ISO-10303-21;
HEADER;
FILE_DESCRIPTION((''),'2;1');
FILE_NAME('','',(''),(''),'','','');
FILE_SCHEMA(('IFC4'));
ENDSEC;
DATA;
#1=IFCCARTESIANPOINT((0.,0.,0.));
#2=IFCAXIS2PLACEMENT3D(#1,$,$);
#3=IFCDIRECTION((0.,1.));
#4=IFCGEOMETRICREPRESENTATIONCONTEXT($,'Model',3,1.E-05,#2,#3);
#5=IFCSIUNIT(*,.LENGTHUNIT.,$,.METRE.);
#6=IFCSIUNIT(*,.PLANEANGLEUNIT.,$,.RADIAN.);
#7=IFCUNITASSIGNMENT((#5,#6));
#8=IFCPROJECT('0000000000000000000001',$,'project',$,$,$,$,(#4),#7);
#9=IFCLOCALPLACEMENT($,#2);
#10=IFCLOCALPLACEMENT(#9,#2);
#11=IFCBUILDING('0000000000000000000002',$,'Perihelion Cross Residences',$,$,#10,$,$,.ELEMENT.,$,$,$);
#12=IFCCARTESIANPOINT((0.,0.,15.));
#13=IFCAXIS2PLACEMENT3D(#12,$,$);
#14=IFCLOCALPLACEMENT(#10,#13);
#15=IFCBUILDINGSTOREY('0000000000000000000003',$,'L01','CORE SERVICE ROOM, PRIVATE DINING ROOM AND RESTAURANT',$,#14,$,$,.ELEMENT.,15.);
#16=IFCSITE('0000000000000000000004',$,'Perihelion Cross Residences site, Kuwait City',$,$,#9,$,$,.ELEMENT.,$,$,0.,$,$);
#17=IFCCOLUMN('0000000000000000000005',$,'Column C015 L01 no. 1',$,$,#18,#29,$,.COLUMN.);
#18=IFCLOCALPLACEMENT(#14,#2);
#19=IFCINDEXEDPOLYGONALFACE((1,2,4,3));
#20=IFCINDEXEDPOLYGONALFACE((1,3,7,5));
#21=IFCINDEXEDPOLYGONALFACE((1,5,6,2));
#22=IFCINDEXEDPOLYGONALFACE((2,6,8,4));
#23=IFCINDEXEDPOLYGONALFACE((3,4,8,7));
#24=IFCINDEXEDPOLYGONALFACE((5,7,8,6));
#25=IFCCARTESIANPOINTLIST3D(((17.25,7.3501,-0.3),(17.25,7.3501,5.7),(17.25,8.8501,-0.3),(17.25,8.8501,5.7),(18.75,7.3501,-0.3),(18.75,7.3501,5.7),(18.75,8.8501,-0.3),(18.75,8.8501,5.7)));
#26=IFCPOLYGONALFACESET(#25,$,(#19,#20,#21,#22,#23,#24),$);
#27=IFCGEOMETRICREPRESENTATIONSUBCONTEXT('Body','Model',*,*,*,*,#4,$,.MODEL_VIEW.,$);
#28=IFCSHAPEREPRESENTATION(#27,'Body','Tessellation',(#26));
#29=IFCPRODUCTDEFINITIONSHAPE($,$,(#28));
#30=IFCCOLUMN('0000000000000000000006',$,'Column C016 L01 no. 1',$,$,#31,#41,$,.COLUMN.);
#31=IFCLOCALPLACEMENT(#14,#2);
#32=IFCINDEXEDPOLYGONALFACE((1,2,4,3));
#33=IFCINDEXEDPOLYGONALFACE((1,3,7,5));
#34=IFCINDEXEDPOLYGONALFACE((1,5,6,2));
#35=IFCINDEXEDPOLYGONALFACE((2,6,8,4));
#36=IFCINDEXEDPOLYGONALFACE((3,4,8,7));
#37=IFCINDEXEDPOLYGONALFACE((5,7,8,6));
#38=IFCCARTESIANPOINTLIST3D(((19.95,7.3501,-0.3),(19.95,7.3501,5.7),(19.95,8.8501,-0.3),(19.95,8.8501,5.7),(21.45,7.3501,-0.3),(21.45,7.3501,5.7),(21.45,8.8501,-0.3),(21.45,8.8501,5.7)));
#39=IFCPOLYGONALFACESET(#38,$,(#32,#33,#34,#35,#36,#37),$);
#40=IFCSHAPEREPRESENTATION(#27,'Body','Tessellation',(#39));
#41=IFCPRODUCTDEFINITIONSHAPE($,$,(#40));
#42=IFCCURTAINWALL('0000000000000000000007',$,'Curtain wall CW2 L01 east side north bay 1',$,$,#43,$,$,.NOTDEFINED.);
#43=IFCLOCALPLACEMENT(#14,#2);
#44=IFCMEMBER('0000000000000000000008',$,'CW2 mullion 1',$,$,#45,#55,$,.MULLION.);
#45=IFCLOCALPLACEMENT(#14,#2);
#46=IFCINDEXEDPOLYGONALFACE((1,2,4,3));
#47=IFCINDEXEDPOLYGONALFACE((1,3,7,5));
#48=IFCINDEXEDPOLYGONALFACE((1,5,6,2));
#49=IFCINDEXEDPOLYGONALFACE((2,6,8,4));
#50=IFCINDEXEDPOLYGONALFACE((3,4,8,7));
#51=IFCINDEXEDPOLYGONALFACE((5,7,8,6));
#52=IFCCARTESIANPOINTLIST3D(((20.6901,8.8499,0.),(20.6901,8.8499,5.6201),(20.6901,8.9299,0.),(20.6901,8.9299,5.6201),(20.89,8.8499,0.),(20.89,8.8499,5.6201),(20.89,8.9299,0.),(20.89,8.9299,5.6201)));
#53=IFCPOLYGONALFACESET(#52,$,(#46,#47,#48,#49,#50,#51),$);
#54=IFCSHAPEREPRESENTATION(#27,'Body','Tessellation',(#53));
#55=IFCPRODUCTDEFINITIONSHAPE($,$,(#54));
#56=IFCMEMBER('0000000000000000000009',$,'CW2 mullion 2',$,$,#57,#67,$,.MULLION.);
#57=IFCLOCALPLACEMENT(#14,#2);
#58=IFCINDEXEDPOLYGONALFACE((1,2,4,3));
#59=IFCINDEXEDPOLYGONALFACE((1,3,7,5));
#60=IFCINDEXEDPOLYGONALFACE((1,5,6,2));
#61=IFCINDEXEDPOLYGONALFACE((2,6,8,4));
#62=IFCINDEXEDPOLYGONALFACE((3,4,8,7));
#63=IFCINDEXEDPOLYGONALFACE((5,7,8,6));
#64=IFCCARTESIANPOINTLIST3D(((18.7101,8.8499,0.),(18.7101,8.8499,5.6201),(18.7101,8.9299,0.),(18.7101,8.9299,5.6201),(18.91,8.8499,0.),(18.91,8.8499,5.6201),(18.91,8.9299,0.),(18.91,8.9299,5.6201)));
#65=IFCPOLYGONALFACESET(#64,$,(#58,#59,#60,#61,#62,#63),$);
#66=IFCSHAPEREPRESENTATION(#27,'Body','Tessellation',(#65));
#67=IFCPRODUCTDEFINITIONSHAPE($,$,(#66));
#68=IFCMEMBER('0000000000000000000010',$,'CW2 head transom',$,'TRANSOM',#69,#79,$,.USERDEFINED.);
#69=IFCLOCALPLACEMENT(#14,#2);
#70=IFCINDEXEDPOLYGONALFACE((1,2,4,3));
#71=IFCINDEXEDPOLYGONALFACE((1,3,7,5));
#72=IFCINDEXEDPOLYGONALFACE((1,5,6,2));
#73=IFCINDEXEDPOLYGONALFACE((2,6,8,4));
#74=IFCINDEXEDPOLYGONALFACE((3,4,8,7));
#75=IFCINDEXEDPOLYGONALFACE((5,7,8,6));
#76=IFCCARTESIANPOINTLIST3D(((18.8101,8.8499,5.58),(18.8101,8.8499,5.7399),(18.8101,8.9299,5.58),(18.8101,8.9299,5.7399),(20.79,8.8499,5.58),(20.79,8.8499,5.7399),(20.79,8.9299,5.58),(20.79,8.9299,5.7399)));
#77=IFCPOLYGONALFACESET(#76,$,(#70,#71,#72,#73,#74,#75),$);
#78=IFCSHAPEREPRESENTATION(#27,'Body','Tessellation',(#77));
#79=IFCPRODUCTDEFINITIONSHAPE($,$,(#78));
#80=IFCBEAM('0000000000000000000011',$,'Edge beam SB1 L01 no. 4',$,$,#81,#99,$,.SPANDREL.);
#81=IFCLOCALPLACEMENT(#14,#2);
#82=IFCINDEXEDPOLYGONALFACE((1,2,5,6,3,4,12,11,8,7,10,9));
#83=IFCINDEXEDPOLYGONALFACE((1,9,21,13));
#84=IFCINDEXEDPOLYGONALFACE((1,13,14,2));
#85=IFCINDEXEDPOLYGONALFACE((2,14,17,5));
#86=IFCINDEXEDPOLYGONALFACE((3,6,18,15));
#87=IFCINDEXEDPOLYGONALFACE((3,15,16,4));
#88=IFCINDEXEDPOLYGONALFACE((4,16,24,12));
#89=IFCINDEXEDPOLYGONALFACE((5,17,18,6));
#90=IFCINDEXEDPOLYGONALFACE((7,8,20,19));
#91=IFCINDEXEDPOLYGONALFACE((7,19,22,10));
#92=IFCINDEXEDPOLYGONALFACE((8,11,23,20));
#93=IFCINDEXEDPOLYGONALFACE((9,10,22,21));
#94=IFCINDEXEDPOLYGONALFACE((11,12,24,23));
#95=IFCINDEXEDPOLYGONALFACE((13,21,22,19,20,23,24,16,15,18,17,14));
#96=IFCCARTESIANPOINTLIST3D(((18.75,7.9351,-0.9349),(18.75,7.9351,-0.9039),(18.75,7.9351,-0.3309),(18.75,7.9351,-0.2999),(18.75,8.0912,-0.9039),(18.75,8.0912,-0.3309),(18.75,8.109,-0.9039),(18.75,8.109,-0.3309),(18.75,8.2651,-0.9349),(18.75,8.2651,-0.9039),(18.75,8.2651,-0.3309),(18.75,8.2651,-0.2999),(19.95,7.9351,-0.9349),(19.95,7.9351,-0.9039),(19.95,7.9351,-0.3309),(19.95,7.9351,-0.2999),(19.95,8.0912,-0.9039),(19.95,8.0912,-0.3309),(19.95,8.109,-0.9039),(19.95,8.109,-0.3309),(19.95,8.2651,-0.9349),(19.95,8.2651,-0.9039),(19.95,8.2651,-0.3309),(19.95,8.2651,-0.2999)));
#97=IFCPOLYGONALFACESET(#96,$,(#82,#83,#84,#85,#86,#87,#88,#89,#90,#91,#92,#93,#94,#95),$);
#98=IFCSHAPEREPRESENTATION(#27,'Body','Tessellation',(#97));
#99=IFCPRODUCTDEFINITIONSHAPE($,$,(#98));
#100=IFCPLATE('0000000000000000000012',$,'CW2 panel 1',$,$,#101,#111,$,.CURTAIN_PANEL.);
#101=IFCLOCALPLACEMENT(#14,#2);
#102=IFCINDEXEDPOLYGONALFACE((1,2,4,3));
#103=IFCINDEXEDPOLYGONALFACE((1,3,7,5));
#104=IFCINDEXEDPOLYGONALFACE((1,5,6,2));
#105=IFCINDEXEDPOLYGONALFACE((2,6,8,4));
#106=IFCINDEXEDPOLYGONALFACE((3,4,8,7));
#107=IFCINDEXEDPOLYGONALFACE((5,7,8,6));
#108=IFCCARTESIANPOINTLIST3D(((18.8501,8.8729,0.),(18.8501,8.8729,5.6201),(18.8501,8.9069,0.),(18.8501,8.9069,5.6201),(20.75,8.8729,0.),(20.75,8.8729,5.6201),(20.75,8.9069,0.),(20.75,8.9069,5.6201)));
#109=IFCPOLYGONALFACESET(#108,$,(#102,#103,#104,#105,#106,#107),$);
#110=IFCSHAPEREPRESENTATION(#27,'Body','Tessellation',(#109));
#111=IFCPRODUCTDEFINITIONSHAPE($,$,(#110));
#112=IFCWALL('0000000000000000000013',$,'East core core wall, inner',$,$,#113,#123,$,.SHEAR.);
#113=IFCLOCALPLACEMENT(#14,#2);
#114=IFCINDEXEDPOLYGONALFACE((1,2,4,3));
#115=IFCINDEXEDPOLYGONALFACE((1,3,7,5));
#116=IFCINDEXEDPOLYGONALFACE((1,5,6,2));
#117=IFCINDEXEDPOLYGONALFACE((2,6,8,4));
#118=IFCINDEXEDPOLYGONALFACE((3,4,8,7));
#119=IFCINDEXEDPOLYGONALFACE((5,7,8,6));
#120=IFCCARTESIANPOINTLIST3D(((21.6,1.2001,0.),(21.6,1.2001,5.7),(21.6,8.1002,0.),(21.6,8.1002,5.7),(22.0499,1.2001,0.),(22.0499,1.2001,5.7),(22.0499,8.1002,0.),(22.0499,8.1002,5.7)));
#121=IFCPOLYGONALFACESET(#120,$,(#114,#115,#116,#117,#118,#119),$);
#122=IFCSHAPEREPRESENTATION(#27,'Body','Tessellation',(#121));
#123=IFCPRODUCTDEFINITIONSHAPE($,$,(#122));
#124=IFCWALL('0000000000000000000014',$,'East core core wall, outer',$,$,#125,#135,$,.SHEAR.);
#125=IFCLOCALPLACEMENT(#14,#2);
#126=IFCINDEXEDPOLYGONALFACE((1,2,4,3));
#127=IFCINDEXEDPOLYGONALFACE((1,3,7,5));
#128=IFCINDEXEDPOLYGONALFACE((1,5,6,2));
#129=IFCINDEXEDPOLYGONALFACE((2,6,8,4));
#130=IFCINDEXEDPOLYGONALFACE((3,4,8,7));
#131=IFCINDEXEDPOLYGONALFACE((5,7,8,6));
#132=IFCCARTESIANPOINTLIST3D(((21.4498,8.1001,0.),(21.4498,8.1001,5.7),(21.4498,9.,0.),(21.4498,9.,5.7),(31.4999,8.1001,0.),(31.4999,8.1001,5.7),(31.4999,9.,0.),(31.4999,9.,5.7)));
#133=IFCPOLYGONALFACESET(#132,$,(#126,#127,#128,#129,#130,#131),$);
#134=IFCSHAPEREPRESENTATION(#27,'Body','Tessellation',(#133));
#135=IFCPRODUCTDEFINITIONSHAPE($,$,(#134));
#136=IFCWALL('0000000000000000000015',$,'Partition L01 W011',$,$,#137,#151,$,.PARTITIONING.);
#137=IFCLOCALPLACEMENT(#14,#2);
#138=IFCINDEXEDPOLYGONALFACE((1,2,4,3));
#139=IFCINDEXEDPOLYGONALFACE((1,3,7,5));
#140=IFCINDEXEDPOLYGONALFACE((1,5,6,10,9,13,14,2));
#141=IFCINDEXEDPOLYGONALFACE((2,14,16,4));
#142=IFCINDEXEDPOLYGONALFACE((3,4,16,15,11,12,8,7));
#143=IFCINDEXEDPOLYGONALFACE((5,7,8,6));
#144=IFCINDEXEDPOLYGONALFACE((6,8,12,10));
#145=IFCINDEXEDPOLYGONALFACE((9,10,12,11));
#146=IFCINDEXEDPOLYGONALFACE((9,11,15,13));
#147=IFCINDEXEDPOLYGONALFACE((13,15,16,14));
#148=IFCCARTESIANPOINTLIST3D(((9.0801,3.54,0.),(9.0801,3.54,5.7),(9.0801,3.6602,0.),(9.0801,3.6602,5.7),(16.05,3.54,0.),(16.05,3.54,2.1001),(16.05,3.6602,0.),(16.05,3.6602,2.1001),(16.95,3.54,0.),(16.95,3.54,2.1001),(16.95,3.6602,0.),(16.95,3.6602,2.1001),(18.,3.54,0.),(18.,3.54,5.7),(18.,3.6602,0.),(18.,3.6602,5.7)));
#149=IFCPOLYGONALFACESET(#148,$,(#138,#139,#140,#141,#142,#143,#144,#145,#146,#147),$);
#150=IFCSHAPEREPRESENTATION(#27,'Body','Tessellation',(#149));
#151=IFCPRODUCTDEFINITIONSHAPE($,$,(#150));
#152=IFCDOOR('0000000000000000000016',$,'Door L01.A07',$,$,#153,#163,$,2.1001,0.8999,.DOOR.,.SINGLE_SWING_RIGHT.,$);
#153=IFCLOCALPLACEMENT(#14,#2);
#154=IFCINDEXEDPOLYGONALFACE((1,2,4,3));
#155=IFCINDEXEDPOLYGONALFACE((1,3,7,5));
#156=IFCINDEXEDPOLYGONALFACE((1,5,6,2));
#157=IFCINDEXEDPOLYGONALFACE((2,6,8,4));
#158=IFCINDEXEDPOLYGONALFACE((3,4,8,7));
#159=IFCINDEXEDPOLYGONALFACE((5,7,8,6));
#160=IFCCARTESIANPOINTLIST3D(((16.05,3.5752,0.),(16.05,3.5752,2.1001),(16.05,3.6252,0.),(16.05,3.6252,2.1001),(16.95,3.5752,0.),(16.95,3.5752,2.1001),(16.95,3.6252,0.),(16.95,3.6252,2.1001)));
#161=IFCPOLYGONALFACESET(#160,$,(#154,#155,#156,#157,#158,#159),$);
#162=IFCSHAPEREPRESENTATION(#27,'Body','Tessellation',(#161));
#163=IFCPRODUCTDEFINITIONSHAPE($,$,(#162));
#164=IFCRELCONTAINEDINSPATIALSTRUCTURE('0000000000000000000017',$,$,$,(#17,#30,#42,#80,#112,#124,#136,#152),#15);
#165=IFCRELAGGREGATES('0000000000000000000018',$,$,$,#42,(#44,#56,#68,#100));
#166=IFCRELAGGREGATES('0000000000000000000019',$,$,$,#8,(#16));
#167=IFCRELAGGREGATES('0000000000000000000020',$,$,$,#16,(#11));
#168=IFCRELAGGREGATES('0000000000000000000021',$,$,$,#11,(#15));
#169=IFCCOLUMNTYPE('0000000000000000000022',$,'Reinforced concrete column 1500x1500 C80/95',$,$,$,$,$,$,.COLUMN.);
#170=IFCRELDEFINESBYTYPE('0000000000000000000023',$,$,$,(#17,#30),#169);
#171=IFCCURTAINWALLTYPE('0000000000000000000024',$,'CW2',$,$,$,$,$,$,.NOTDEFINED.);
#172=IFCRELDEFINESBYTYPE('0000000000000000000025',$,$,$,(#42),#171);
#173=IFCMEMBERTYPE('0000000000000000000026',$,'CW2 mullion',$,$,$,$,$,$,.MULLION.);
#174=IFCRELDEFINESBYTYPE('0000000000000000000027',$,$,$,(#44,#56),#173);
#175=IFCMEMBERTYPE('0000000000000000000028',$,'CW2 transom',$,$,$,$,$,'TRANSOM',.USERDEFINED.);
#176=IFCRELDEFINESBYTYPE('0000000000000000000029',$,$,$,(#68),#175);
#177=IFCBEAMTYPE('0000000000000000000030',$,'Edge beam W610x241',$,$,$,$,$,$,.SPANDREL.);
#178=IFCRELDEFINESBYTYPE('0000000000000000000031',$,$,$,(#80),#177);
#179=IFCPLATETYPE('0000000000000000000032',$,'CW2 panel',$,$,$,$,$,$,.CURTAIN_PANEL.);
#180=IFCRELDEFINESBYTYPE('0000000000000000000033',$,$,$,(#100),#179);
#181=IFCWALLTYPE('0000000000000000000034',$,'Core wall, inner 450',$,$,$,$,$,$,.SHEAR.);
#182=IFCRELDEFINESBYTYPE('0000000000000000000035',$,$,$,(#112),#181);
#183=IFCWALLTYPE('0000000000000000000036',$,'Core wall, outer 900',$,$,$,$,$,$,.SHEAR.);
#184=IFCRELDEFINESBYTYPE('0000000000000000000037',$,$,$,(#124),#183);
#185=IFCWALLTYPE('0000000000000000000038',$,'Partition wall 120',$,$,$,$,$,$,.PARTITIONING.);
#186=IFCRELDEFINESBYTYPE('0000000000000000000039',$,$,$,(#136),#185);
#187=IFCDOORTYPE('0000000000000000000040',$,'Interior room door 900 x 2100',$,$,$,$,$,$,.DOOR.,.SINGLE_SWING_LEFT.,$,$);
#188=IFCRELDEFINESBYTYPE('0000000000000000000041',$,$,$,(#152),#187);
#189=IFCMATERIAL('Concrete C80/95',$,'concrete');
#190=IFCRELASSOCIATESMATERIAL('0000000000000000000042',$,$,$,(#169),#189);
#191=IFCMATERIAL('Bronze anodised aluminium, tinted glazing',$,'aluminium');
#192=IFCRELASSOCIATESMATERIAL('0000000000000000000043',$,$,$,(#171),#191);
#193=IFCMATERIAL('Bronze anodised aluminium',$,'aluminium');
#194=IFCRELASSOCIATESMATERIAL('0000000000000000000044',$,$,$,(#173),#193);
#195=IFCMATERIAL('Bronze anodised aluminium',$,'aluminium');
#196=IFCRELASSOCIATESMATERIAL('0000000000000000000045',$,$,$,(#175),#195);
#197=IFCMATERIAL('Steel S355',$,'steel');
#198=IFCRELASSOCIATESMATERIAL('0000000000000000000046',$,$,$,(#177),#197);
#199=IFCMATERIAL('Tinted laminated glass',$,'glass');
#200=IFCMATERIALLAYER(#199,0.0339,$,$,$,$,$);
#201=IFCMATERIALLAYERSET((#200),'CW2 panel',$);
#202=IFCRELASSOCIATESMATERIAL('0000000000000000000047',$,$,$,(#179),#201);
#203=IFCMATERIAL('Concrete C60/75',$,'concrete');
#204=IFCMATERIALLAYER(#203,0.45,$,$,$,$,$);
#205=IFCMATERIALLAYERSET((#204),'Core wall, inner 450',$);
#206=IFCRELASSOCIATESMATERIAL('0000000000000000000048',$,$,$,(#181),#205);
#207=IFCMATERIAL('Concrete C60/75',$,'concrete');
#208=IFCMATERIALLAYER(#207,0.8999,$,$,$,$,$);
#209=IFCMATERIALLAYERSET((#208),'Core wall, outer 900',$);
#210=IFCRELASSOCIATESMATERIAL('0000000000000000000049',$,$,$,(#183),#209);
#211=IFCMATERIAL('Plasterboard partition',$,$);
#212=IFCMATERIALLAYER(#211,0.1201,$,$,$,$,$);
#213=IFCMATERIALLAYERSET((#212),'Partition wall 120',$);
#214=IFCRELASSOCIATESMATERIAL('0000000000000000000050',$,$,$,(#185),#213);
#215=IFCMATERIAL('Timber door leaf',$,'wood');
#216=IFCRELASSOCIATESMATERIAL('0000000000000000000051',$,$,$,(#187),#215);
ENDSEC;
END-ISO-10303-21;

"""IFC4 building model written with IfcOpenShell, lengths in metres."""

from ifc_helpers import new_model, si_unit, direction, frame, frame_2d, origin, origin_2d, place, context, subcontext, project, spatial, rectangle, i_section, extrude, material, layer, layer_set, material_profile, profile_set, type_object, element, fill, aggregate, save


model = new_model("IFC4")

# Units and contexts
model_context = context("Model", 3, precision=1e-05, world=origin(), true_north=direction((0.0, 1.0)))
body_context = subcontext(model_context, "Body", "Model", "MODEL_VIEW")
ifc_project = project(units=[si_unit("LENGTHUNIT", "METRE"), si_unit("PLANEANGLEUNIT", "RADIAN")], contexts=[model_context])

# Site, building, storey
site_placement = place(None, origin())
site = spatial("IfcSite", under=ifc_project, at=site_placement, Name="Perihelion Cross Residences site, Kuwait City", CompositionType="ELEMENT", RefElevation=0.0)
building_placement = place(site_placement, origin())
building = spatial("IfcBuilding", under=site, at=building_placement, Name="Perihelion Cross Residences", CompositionType="ELEMENT")
storey_placement = place(building_placement, frame((0.0, 0.0, 15.0)))
storey = spatial("IfcBuildingStorey", under=building, at=storey_placement, Name="L01", Description="CORE SERVICE ROOM, PRIVATE DINING ROOM AND RESTAURANT", CompositionType="ELEMENT", Elevation=15.0)

# Columns
ifc_material_1 = material(Name="Concrete C80/95", Category="concrete")
ifc_material_profile_1 = material_profile(ifc_material_1, rectangle(XDim=1.5, YDim=1.5, at=origin_2d()), Name="RC 1500x1500")
ifc_profile_set_1 = profile_set([ifc_material_profile_1], Name="Concrete C80/95")
column_type = type_object("IfcColumnType", Name="Reinforced concrete column 1500x1500 C80/95", PredefinedType="COLUMN", material=ifc_profile_set_1)
for number, where, z_axis, x_axis, name in (
    (1, (18.0, 8.1001, -0.3), (0.0, 0.0, 1.0), (1.0, 0.0, 0.0), "Column C015 L01 no. 1"),
    (2, (20.7, 8.1001, -0.3), (0.0, 0.0, 1.0), (1.0, 0.0, 0.0), "Column C016 L01 no. 1"),
):
    element("IfcColumn", number, at=place(storey_placement, frame(where, z_axis=z_axis, x_axis=x_axis)), inside=storey, type_object=column_type, Name=name, PredefinedType="COLUMN", context=body_context, shape_type="SweptSolid", body=[
        extrude(rectangle(XDim=1.5, YDim=1.5, at=origin_2d()), origin(), (0.0, 0.0, 1.0), 6.0),
    ])

# Curtain wall, members
ifc_material_2 = material(Name="Bronze anodised aluminium, tinted glazing", Category="aluminium")
curtain_wall_type = type_object("IfcCurtainWallType", Name="CW2", PredefinedType="NOTDEFINED", material=ifc_material_2)
curtain_wall_placement = place(storey_placement, origin())
curtain_wall = element("IfcCurtainWall", 3, at=curtain_wall_placement, inside=storey, type_object=curtain_wall_type, Name="Curtain wall CW2 L01 east side north bay 1", PredefinedType="NOTDEFINED")
ifc_material_3 = material(Name="Bronze anodised aluminium", Category="aluminium")
ifc_material_profile_2 = material_profile(ifc_material_3, rectangle(XDim=0.0801, YDim=0.2, at=origin_2d()), Name="CW2 mullion")
ifc_profile_set_2 = profile_set([ifc_material_profile_2], Name="Bronze anodised aluminium")
member_type_1 = type_object("IfcMemberType", Name="CW2 mullion", PredefinedType="MULLION", material=ifc_profile_set_2)
member_1_placement = place(storey_placement, frame((20.79, 8.8899, 0.0), z_axis=(0.0, 0.0, 1.0), x_axis=(0.0, -1.0, 0.0)))
member_1 = element("IfcMember", 4, at=member_1_placement, type_object=member_type_1, Name="CW2 mullion 1", PredefinedType="MULLION", context=body_context, shape_type="SweptSolid", body=[
    extrude(rectangle(XDim=0.0801, YDim=0.2, at=origin_2d()), origin(), (0.0, 0.0, 1.0), 5.6201),
])
member_2_placement = place(storey_placement, frame((18.8101, 8.8899, 0.0), z_axis=(0.0, 0.0, 1.0), x_axis=(0.0, -1.0, 0.0)))
member_2 = element("IfcMember", 5, at=member_2_placement, type_object=member_type_1, Name="CW2 mullion 2", PredefinedType="MULLION", context=body_context, shape_type="SweptSolid", body=[
    extrude(rectangle(XDim=0.0801, YDim=0.2, at=origin_2d()), origin(), (0.0, 0.0, 1.0), 5.6201),
])
ifc_material_4 = material(Name="Bronze anodised aluminium", Category="aluminium")
ifc_material_profile_3 = material_profile(ifc_material_4, rectangle(XDim=0.0801, YDim=0.1599, at=origin_2d()), Name="CW2 transom")
ifc_profile_set_3 = profile_set([ifc_material_profile_3], Name="Bronze anodised aluminium")
member_type_2 = type_object("IfcMemberType", Name="CW2 transom", ElementType="TRANSOM", PredefinedType="USERDEFINED", material=ifc_profile_set_3)
member_3_placement = place(storey_placement, frame((20.79, 8.8899, 5.6599), z_axis=(-1.0, 0.0, 0.0), x_axis=(0.0, -1.0, 0.0)))
member_3 = element("IfcMember", 6, at=member_3_placement, type_object=member_type_2, Name="CW2 head transom", ObjectType="TRANSOM", PredefinedType="USERDEFINED", context=body_context, shape_type="SweptSolid", body=[
    extrude(rectangle(XDim=0.0801, YDim=0.1599, at=origin_2d()), origin(), (0.0, 0.0, 1.0), 1.98),
])

# Beam
ifc_material_5 = material(Name="Steel S355", Category="steel")
ifc_material_profile_4 = material_profile(ifc_material_5, i_section(OverallWidth=0.3301, OverallDepth=0.635, WebThickness=0.0178, FlangeThickness=0.031, at=origin_2d()), Name="W610x241")
ifc_profile_set_4 = profile_set([ifc_material_profile_4], Name="Steel S355")
beam_type = type_object("IfcBeamType", Name="Edge beam W610x241", PredefinedType="SPANDREL", material=ifc_profile_set_4)
beam_placement = place(storey_placement, frame((19.95, 8.1001, -0.6174), z_axis=(-1.0, 0.0, 0.0), x_axis=(0.0, -1.0, 0.0)))
element("IfcBeam", 7, at=beam_placement, inside=storey, type_object=beam_type, Name="Edge beam SB1 L01 no. 4", PredefinedType="SPANDREL", context=body_context, shape_type="SweptSolid", body=[
    extrude(i_section(OverallWidth=0.3301, OverallDepth=0.635, WebThickness=0.0178, FlangeThickness=0.031, at=origin_2d()), origin(), (0.0, 0.0, 1.0), 1.2),
])

# Plate
ifc_material_6 = material(Name="Tinted laminated glass", Category="glass")
ifc_layer_1 = layer(ifc_material_6, 0.0339)
ifc_layer_set_1 = layer_set([ifc_layer_1], Name="CW2 panel")
plate_type = type_object("IfcPlateType", Name="CW2 panel", PredefinedType="CURTAIN_PANEL", material=ifc_layer_set_1)
plate_placement = place(storey_placement, frame((19.8, 8.8899, 0.0), z_axis=(0.0, 0.0, 1.0), x_axis=(-1.0, 0.0, 0.0)))
plate = element("IfcPlate", 8, at=plate_placement, type_object=plate_type, Name="CW2 panel 1", PredefinedType="CURTAIN_PANEL", context=body_context, shape_type="SweptSolid", body=[
    extrude(rectangle(XDim=1.8999, YDim=0.0339, at=origin_2d()), origin(), (0.0, 0.0, 1.0), 5.6201),
])
aggregate(curtain_wall, [member_1, member_2, member_3, plate])

# Walls
ifc_material_7 = material(Name="Concrete C60/75", Category="concrete")
ifc_layer_2 = layer(ifc_material_7, 0.45)
ifc_layer_set_2 = layer_set([ifc_layer_2], Name="Core wall, inner 450")
wall_type_1 = type_object("IfcWallType", Name="Core wall, inner 450", PredefinedType="SHEAR", material=ifc_layer_set_2)
wall_1_placement = place(storey_placement, frame((21.825, 1.2, 0.0), z_axis=(0.0, 0.0, 1.0), x_axis=(0.0, 1.0, 0.0)))
element("IfcWall", 9, at=wall_1_placement, inside=storey, type_object=wall_type_1, Name="East core core wall, inner", PredefinedType="SHEAR", context=body_context, shape_type="SweptSolid", body=[
    extrude(rectangle(XDim=6.9001, YDim=0.45, at=frame_2d((3.4502, 0.0))), origin(), (0.0, 0.0, 1.0), 5.7),
])
ifc_material_8 = material(Name="Concrete C60/75", Category="concrete")
ifc_layer_3 = layer(ifc_material_8, 0.8999)
ifc_layer_set_3 = layer_set([ifc_layer_3], Name="Core wall, outer 900")
wall_type_2 = type_object("IfcWallType", Name="Core wall, outer 900", PredefinedType="SHEAR", material=ifc_layer_set_3)
wall_2_placement = place(storey_placement, frame((21.45, 8.55, 0.0), z_axis=(0.0, 0.0, 1.0), x_axis=(1.0, 0.0, 0.0)))
element("IfcWall", 10, at=wall_2_placement, inside=storey, type_object=wall_type_2, Name="East core core wall, outer", PredefinedType="SHEAR", context=body_context, shape_type="SweptSolid", body=[
    extrude(rectangle(XDim=10.05, YDim=0.8999, at=frame_2d((5.0249, 0.0))), origin(), (0.0, 0.0, 1.0), 5.7),
])

# Wall, opening, door
ifc_material_9 = material(Name="Plasterboard partition")
ifc_layer_4 = layer(ifc_material_9, 0.1201)
ifc_layer_set_4 = layer_set([ifc_layer_4], Name="Partition wall 120")
wall_type_3 = type_object("IfcWallType", Name="Partition wall 120", PredefinedType="PARTITIONING", material=ifc_layer_set_4)
wall_3_placement = place(storey_placement, frame((18.0, 3.6001, 0.0), z_axis=(0.0, 0.0, 1.0), x_axis=(-1.0, 0.0, 0.0)))
wall_3 = element("IfcWall", 11, at=wall_3_placement, inside=storey, type_object=wall_type_3, Name="Partition L01 W011", PredefinedType="PARTITIONING", context=body_context, shape_type="SweptSolid", body=[
    extrude(rectangle(XDim=8.9199, YDim=0.1201, at=frame_2d((4.46, 0.0))), origin(), (0.0, 0.0, 1.0), 5.7),
])
opening_1_placement = place(wall_3_placement, frame((1.05, 0.0, 0.0)))
opening_1 = element("IfcOpeningElement", 12, at=opening_1_placement, cuts=wall_3, PredefinedType="OPENING", context=body_context, shape_type="SweptSolid", body=[
    extrude(rectangle(XDim=0.8999, YDim=2.1001, at=frame_2d((0.45, 1.05))), frame((0.0, 0.0701, 0.0), z_axis=(0.0, -1.0, 0.0), x_axis=(1.0, 0.0, 0.0)), (0.0, 0.0, 1.0), 0.1401),
])
ifc_material_10 = material(Name="Timber door leaf", Category="wood")
door_type_1 = type_object("IfcDoorType", Name="Interior room door 900 x 2100", OperationType="SINGLE_SWING_LEFT", PredefinedType="DOOR", material=ifc_material_10)
door_1_placement = place(opening_1_placement, origin())
door_1 = element("IfcDoor", 13, at=door_1_placement, inside=storey, type_object=door_type_1, Name="Door L01.A07", OperationType="SINGLE_SWING_RIGHT", OverallHeight=2.1001, OverallWidth=0.8999, PredefinedType="DOOR", context=body_context, shape_type="SweptSolid", body=[
    extrude(rectangle(XDim=0.8999, YDim=2.1001, at=frame_2d((0.45, 1.05))), frame((0.0, 0.0249, 0.0), z_axis=(0.0, -1.0, 0.0), x_axis=(1.0, 0.0, 0.0)), (0.0, 0.0, 1.0), 0.05),
])
fill(opening_1, door_1)

save(model, "model.ifc")
